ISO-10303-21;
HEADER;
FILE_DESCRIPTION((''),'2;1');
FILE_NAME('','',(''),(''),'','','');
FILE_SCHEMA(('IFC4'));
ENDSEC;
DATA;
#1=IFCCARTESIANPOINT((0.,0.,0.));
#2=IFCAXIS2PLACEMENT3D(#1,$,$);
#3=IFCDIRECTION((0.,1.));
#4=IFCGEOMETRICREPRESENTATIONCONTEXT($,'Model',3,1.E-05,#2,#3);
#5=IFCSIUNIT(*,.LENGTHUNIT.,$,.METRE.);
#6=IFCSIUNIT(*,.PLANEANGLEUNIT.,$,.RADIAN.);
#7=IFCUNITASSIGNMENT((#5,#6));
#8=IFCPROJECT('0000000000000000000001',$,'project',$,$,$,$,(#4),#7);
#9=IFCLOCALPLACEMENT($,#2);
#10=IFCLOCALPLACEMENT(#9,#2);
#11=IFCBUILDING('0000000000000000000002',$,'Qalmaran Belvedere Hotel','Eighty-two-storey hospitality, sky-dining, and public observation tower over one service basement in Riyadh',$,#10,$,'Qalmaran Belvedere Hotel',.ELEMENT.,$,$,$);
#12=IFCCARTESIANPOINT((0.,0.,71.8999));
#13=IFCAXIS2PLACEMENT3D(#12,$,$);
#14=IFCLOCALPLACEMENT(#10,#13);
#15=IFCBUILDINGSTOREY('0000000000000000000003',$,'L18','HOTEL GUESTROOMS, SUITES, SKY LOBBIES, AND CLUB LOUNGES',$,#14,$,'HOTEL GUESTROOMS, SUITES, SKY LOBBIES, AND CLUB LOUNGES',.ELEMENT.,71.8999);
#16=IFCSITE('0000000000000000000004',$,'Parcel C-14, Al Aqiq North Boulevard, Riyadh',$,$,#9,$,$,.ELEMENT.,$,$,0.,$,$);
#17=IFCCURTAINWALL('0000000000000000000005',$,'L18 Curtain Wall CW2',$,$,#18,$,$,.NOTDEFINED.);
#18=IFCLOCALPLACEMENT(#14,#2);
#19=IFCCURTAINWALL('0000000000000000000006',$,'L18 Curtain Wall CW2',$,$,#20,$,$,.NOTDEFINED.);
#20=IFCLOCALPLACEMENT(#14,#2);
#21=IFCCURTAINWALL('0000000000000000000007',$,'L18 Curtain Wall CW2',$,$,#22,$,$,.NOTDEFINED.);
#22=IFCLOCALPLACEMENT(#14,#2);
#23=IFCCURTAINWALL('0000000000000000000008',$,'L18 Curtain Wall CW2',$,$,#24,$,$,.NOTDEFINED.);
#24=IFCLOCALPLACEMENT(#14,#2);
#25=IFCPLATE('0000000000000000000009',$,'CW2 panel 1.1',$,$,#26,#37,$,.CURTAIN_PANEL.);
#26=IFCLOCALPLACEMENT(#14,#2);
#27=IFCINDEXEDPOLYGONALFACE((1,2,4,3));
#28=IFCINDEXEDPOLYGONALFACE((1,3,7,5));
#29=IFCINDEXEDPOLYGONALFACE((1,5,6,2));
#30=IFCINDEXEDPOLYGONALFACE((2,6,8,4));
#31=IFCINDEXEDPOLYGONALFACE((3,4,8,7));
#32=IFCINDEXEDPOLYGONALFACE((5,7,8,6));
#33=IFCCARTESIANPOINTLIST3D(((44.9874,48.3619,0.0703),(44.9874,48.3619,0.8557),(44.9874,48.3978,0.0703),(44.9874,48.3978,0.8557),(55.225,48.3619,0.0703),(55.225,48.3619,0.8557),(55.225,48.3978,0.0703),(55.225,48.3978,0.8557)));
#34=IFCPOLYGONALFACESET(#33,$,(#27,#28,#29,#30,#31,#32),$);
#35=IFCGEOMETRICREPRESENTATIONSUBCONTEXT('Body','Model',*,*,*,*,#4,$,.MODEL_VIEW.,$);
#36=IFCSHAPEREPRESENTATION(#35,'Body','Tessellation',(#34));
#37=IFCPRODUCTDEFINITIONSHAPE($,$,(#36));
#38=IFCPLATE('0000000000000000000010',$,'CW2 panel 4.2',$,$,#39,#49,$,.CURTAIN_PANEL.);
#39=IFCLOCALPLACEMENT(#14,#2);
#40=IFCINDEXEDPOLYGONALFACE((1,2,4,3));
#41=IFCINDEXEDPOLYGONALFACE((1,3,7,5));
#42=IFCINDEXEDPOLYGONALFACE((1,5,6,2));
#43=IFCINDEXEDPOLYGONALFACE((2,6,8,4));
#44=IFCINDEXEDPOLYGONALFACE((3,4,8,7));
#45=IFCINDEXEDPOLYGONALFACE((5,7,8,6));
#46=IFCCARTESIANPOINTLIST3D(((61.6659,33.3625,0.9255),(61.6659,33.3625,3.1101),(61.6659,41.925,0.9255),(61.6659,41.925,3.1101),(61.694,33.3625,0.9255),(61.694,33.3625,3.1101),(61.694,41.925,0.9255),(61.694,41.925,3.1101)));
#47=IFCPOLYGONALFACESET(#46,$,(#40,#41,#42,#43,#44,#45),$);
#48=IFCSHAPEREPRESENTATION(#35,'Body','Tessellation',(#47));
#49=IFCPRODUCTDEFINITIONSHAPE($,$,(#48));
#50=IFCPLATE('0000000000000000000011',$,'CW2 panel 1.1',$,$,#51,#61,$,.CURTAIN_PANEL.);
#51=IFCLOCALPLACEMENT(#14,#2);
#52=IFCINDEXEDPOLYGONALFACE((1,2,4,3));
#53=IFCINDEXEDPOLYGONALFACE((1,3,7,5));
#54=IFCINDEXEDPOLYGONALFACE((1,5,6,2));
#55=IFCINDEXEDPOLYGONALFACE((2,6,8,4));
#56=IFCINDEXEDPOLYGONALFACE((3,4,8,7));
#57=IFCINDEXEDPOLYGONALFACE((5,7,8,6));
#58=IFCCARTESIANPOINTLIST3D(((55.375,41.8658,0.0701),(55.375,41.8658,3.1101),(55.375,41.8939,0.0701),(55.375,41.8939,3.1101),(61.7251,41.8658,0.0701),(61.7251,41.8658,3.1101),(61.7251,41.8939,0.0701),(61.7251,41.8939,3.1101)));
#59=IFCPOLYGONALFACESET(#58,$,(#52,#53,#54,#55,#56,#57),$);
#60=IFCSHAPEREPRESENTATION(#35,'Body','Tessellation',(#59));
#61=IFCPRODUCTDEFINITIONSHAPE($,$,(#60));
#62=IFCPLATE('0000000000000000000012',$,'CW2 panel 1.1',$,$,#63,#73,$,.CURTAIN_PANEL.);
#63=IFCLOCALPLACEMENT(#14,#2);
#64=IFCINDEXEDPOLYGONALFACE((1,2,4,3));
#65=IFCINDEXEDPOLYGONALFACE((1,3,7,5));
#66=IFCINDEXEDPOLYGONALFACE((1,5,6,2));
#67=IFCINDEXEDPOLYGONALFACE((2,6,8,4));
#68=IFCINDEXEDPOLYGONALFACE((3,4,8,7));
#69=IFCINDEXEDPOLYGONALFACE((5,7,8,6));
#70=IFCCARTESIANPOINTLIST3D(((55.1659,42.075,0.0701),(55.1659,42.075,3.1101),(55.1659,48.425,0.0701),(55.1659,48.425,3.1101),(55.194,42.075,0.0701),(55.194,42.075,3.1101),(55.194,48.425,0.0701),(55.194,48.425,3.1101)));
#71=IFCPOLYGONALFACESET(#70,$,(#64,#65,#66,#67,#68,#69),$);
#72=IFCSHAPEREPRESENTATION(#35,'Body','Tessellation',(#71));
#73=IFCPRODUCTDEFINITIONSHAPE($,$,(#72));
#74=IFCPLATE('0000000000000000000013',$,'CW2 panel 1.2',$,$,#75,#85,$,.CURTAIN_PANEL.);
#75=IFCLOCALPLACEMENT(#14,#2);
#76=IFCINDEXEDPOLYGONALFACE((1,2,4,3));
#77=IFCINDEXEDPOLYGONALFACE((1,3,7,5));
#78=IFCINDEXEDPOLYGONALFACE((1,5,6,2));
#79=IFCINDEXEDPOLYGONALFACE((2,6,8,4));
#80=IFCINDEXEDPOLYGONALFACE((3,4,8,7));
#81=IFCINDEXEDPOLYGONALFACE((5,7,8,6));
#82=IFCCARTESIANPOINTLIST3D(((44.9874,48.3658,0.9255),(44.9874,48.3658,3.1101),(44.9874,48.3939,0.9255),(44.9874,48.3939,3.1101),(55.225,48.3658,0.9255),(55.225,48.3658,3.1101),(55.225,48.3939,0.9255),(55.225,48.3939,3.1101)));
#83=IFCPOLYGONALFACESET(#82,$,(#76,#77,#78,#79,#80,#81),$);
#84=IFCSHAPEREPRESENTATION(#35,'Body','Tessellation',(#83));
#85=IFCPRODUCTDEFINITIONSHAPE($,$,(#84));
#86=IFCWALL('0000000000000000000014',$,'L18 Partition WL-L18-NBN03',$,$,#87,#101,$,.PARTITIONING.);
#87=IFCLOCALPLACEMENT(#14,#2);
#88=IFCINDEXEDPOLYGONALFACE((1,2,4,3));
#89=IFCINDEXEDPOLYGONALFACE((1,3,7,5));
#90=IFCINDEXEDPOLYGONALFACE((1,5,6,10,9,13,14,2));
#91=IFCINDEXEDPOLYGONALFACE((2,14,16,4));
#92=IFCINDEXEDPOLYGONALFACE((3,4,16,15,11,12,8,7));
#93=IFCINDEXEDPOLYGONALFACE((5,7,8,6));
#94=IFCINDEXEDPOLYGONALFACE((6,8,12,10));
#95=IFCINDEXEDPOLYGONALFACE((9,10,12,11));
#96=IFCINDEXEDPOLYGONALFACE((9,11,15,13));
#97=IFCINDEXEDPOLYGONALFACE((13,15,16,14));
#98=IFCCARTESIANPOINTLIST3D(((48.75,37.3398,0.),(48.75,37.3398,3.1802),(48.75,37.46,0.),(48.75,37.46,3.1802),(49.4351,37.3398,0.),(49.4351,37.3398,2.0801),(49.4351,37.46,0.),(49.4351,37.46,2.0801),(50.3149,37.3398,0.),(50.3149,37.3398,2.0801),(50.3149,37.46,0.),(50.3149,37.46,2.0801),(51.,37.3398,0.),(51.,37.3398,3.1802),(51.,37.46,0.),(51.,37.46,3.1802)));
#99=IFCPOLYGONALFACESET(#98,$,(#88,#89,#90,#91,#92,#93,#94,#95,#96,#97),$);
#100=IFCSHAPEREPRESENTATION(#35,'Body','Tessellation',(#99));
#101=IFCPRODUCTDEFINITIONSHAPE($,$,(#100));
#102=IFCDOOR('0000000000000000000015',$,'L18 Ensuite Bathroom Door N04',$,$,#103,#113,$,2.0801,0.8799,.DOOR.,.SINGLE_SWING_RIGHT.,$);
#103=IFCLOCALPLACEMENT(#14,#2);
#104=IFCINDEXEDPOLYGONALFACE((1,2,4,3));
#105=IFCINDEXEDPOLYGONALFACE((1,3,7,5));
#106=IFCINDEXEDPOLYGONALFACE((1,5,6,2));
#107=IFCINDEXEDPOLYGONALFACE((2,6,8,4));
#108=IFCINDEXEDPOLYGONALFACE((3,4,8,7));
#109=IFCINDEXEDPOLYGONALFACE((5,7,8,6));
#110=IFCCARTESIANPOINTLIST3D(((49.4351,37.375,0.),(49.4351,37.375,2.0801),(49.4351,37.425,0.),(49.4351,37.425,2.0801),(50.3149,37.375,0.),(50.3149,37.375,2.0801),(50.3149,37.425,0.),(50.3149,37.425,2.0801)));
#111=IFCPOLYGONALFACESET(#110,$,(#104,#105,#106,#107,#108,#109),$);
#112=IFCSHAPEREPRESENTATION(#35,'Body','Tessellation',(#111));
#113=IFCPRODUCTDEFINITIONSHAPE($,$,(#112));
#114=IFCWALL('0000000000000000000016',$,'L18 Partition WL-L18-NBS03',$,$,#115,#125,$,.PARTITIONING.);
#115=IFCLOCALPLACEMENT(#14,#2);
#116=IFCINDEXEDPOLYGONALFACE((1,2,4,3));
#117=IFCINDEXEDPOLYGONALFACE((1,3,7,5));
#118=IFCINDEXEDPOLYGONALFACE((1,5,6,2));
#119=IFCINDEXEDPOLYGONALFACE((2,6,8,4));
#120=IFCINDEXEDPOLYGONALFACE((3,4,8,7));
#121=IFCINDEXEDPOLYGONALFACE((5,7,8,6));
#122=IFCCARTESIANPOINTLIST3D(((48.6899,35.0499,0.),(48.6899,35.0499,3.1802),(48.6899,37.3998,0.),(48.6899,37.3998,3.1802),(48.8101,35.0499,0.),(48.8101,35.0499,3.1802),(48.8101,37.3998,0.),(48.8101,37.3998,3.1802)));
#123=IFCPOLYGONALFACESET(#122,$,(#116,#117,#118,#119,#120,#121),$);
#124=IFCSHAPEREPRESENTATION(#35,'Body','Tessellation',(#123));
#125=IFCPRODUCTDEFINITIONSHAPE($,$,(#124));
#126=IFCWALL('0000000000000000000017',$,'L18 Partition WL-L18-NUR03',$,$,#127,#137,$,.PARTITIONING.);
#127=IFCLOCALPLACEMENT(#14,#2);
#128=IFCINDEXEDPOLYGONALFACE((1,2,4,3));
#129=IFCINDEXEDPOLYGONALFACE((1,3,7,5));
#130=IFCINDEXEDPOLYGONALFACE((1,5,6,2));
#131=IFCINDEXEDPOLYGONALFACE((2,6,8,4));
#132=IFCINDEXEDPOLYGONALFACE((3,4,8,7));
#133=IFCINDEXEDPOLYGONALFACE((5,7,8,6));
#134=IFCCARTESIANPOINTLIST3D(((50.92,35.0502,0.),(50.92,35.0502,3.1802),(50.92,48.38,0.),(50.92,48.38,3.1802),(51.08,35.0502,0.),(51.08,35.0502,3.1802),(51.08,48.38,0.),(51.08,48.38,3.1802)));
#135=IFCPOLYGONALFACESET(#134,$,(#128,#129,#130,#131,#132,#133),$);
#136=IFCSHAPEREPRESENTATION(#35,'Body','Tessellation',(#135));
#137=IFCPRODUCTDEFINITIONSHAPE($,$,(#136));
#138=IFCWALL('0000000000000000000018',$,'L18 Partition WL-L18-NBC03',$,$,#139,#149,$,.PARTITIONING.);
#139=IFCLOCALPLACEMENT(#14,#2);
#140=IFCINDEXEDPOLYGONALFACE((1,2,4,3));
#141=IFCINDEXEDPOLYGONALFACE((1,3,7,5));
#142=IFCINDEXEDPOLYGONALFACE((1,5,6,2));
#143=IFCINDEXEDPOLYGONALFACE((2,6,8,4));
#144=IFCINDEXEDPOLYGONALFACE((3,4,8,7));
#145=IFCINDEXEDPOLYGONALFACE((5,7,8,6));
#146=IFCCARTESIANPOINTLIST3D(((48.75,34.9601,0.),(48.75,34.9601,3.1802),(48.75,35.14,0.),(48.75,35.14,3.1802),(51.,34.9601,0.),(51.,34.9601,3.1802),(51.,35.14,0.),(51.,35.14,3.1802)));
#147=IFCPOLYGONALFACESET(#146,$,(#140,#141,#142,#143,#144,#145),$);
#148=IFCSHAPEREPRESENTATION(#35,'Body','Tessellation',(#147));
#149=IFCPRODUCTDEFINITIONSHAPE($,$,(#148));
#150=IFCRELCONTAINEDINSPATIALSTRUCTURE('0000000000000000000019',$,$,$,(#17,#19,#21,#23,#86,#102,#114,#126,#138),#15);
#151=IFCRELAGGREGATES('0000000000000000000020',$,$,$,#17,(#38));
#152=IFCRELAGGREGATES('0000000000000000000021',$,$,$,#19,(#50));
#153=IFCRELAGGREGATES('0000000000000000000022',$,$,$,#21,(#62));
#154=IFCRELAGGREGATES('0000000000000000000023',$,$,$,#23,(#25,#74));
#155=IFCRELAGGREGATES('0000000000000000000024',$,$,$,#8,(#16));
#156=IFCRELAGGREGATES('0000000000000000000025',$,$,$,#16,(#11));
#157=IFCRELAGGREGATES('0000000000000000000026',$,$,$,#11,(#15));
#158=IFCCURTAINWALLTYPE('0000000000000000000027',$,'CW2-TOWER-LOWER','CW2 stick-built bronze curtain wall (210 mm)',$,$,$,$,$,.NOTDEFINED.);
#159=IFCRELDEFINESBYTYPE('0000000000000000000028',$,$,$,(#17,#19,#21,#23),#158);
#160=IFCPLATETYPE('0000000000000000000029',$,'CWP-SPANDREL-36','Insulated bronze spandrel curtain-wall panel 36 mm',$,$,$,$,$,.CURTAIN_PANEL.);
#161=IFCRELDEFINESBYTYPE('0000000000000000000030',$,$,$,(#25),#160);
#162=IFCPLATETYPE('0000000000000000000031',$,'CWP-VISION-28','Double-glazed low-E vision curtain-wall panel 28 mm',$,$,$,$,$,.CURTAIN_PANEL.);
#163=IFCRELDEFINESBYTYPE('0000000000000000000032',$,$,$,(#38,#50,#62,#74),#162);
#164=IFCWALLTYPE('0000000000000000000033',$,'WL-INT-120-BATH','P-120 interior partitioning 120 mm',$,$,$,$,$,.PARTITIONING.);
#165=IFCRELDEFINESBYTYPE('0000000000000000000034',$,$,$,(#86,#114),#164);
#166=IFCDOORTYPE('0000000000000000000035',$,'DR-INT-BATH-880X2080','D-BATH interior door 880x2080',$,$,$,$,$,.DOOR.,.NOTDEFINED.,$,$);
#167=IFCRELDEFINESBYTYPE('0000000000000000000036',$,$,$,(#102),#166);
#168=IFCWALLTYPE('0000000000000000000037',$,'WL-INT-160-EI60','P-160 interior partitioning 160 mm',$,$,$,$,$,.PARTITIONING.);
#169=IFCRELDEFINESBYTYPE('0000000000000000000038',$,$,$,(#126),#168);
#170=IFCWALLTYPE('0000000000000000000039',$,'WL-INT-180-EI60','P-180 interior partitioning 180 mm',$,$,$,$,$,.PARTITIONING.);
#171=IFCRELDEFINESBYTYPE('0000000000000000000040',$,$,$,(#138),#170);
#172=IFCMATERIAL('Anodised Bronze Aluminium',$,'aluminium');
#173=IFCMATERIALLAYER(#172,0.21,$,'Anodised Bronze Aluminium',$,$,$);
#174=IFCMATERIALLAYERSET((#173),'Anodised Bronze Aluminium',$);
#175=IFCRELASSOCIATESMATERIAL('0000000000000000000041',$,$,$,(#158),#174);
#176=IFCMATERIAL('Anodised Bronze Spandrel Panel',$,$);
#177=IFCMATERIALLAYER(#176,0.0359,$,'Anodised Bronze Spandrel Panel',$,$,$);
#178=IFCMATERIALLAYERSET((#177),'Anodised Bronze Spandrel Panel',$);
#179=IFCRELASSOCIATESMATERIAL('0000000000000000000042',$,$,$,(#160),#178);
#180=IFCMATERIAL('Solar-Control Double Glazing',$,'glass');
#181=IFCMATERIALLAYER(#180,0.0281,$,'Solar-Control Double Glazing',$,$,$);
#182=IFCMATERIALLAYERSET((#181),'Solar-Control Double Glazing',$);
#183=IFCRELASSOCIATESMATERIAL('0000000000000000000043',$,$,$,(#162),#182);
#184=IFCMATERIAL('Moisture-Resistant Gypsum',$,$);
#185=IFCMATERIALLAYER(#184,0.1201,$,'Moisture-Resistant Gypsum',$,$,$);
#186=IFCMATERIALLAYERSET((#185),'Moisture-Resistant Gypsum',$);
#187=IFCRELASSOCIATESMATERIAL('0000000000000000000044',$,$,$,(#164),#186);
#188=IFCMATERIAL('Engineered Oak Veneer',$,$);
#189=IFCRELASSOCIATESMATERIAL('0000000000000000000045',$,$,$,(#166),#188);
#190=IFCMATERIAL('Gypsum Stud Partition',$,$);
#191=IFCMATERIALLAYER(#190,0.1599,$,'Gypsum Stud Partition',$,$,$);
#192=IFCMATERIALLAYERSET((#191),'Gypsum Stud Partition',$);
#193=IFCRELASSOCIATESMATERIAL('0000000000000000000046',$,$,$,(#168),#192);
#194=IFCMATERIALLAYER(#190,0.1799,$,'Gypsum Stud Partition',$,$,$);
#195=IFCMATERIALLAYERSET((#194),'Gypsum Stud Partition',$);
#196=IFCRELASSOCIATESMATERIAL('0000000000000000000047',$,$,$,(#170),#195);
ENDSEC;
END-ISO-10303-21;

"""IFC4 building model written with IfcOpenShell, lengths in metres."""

from ifc_helpers import new_model, si_unit, direction, frame, frame_2d, origin, origin_2d, place, context, subcontext, project, spatial, rectangle, extrude, material, layer, layer_set, type_object, element, fill, aggregate, save


model = new_model("IFC4")

# Units and contexts
model_context = context("Model", 3, precision=1e-05, world=origin(), true_north=direction((0.0, 1.0)))
body_context = subcontext(model_context, "Body", "Model", "MODEL_VIEW")
ifc_project = project(units=[si_unit("LENGTHUNIT", "METRE"), si_unit("PLANEANGLEUNIT", "RADIAN")], contexts=[model_context])

# Site, building, storey
site_placement = place(None, origin())
site = spatial("IfcSite", under=ifc_project, at=site_placement, Name="Parcel C-14, Al Aqiq North Boulevard, Riyadh", CompositionType="ELEMENT", RefElevation=0.0)
building_placement = place(site_placement, origin())
building = spatial("IfcBuilding", under=site, at=building_placement, Name="Qalmaran Belvedere Hotel", Description="Eighty-two-storey hospitality, sky-dining, and public observation tower over one service basement in Riyadh", LongName="Qalmaran Belvedere Hotel", CompositionType="ELEMENT")
storey_placement = place(building_placement, frame((0.0, 0.0, 71.8999)))
storey = spatial("IfcBuildingStorey", under=building, at=storey_placement, Name="L18", Description="HOTEL GUESTROOMS, SUITES, SKY LOBBIES, AND CLUB LOUNGES", LongName="HOTEL GUESTROOMS, SUITES, SKY LOBBIES, AND CLUB LOUNGES", CompositionType="ELEMENT", Elevation=71.8999)

# Curtain wall
ifc_material_1 = material(Name="Anodised Bronze Aluminium", Category="aluminium")
ifc_layer_1 = layer(ifc_material_1, 0.21, Name="Anodised Bronze Aluminium")
ifc_layer_set_1 = layer_set([ifc_layer_1], Name="Anodised Bronze Aluminium")
curtain_wall_type = type_object("IfcCurtainWallType", Name="CW2-TOWER-LOWER", Description="CW2 stick-built bronze curtain wall (210 mm)", PredefinedType="NOTDEFINED", material=ifc_layer_set_1)
curtain_wall_1_placement = place(storey_placement, origin())
curtain_wall_1 = element("IfcCurtainWall", 1, at=curtain_wall_1_placement, inside=storey, type_object=curtain_wall_type, Name="L18 Curtain Wall CW2", PredefinedType="NOTDEFINED")

# Curtain walls
curtain_wall_2_placement = place(storey_placement, origin())
curtain_wall_2 = element("IfcCurtainWall", 2, at=curtain_wall_2_placement, inside=storey, type_object=curtain_wall_type, Name="L18 Curtain Wall CW2", PredefinedType="NOTDEFINED")
curtain_wall_3_placement = place(storey_placement, origin())
curtain_wall_3 = element("IfcCurtainWall", 3, at=curtain_wall_3_placement, inside=storey, type_object=curtain_wall_type, Name="L18 Curtain Wall CW2", PredefinedType="NOTDEFINED")

# Curtain wall
curtain_wall_4_placement = place(storey_placement, origin())
curtain_wall_4 = element("IfcCurtainWall", 4, at=curtain_wall_4_placement, inside=storey, type_object=curtain_wall_type, Name="L18 Curtain Wall CW2", PredefinedType="NOTDEFINED")

# Plates
ifc_material_2 = material(Name="Anodised Bronze Spandrel Panel")
ifc_layer_2 = layer(ifc_material_2, 0.0359, Name="Anodised Bronze Spandrel Panel")
ifc_layer_set_2 = layer_set([ifc_layer_2], Name="Anodised Bronze Spandrel Panel")
plate_type_1 = type_object("IfcPlateType", Name="CWP-SPANDREL-36", Description="Insulated bronze spandrel curtain-wall panel 36 mm", PredefinedType="CURTAIN_PANEL", material=ifc_layer_set_2)
plate_1_placement = place(storey_placement, frame((50.1062, 48.3799, 0.0703), z_axis=(0.0, 0.0, 1.0), x_axis=(-1.0, 0.0, 0.0)))
plate_1 = element("IfcPlate", 5, at=plate_1_placement, type_object=plate_type_1, Name="CW2 panel 1.1", PredefinedType="CURTAIN_PANEL", context=body_context, shape_type="SweptSolid", body=[
    extrude(rectangle(XDim=10.2375, YDim=0.0359, at=origin_2d()), origin(), (0.0, 0.0, 1.0), 0.7854),
])
ifc_material_3 = material(Name="Solar-Control Double Glazing", Category="glass")
ifc_layer_3 = layer(ifc_material_3, 0.0281, Name="Solar-Control Double Glazing")
ifc_layer_set_3 = layer_set([ifc_layer_3], Name="Solar-Control Double Glazing")
plate_type_2 = type_object("IfcPlateType", Name="CWP-VISION-28", Description="Double-glazed low-E vision curtain-wall panel 28 mm", PredefinedType="CURTAIN_PANEL", material=ifc_layer_set_3)
plate_2_placement = place(storey_placement, frame((61.6799, 37.6438, 0.9255), z_axis=(0.0, 0.0, 1.0), x_axis=(0.0, 1.0, 0.0)))
plate_2 = element("IfcPlate", 6, at=plate_2_placement, type_object=plate_type_2, Name="CW2 panel 4.2", PredefinedType="CURTAIN_PANEL", context=body_context, shape_type="SweptSolid", body=[
    extrude(rectangle(XDim=8.5625, YDim=0.0281, at=origin_2d()), origin(), (0.0, 0.0, 1.0), 2.1846),
])
aggregate(curtain_wall_1, [plate_2])
plate_3_placement = place(storey_placement, frame((58.55, 41.8799, 0.0701), z_axis=(0.0, 0.0, 1.0), x_axis=(-1.0, 0.0, 0.0)))
plate_3 = element("IfcPlate", 7, at=plate_3_placement, type_object=plate_type_2, Name="CW2 panel 1.1", PredefinedType="CURTAIN_PANEL", context=body_context, shape_type="SweptSolid", body=[
    extrude(rectangle(XDim=6.3501, YDim=0.0281, at=origin_2d()), origin(), (0.0, 0.0, 1.0), 3.04),
])
aggregate(curtain_wall_2, [plate_3])
plate_4_placement = place(storey_placement, frame((55.1799, 45.25, 0.0701), z_axis=(0.0, 0.0, 1.0), x_axis=(0.0, 1.0, 0.0)))
plate_4 = element("IfcPlate", 8, at=plate_4_placement, type_object=plate_type_2, Name="CW2 panel 1.1", PredefinedType="CURTAIN_PANEL", context=body_context, shape_type="SweptSolid", body=[
    extrude(rectangle(XDim=6.3501, YDim=0.0281, at=origin_2d()), origin(), (0.0, 0.0, 1.0), 3.04),
])
aggregate(curtain_wall_3, [plate_4])
plate_5_placement = place(storey_placement, frame((50.1062, 48.3799, 0.9255), z_axis=(0.0, 0.0, 1.0), x_axis=(-1.0, 0.0, 0.0)))
plate_5 = element("IfcPlate", 9, at=plate_5_placement, type_object=plate_type_2, Name="CW2 panel 1.2", PredefinedType="CURTAIN_PANEL", context=body_context, shape_type="SweptSolid", body=[
    extrude(rectangle(XDim=10.2375, YDim=0.0281, at=origin_2d()), origin(), (0.0, 0.0, 1.0), 2.1846),
])
aggregate(curtain_wall_4, [plate_1, plate_5])

# Wall, opening, door
ifc_material_4 = material(Name="Moisture-Resistant Gypsum")
ifc_layer_4 = layer(ifc_material_4, 0.1201, Name="Moisture-Resistant Gypsum")
ifc_layer_set_4 = layer_set([ifc_layer_4], Name="Moisture-Resistant Gypsum")
wall_type_1 = type_object("IfcWallType", Name="WL-INT-120-BATH", Description="P-120 interior partitioning 120 mm", PredefinedType="PARTITIONING", material=ifc_layer_set_4)
wall_1_placement = place(storey_placement, frame((48.75, 37.3999, 0.0), z_axis=(0.0, 0.0, 1.0), x_axis=(1.0, 0.0, 0.0)))
wall_1 = element("IfcWall", 10, at=wall_1_placement, inside=storey, type_object=wall_type_1, Name="L18 Partition WL-L18-NBN03", PredefinedType="PARTITIONING", context=body_context, shape_type="SweptSolid", body=[
    extrude(rectangle(XDim=2.25, YDim=0.1201, at=frame_2d((1.125, 0.0))), origin(), (0.0, 0.0, 1.0), 3.1802),
])
opening_placement = place(wall_1_placement, frame((1.5649, 0.0, 0.0), z_axis=(0.0, 0.0, 1.0), x_axis=(-1.0, 0.0, 0.0)))
opening = element("IfcOpeningElement", 11, at=opening_placement, cuts=wall_1, PredefinedType="OPENING", context=body_context, shape_type="SweptSolid", body=[
    extrude(rectangle(XDim=0.8799, YDim=2.0801, at=frame_2d((0.4399, 1.04))), frame((0.0, 0.0701, 0.0), z_axis=(0.0, -1.0, 0.0), x_axis=(1.0, 0.0, 0.0)), (0.0, 0.0, 1.0), 0.1401),
])
ifc_material_5 = material(Name="Engineered Oak Veneer")
door_type = type_object("IfcDoorType", Name="DR-INT-BATH-880X2080", Description="D-BATH interior door 880x2080", OperationType="NOTDEFINED", PredefinedType="DOOR", material=ifc_material_5)
door_placement = place(opening_placement, origin())
door = element("IfcDoor", 12, at=door_placement, inside=storey, type_object=door_type, Name="L18 Ensuite Bathroom Door N04", OperationType="SINGLE_SWING_RIGHT", OverallHeight=2.0801, OverallWidth=0.8799, PredefinedType="DOOR", context=body_context, shape_type="SweptSolid", body=[
    extrude(rectangle(XDim=0.8799, YDim=2.0801, at=frame_2d((0.4399, 1.04))), frame((0.0, 0.0249, 0.0), z_axis=(0.0, -1.0, 0.0), x_axis=(1.0, 0.0, 0.0)), (0.0, 0.0, 1.0), 0.05),
])
fill(opening, door)

# Walls
wall_2_placement = place(storey_placement, frame((48.75, 35.05, 0.0), z_axis=(0.0, 0.0, 1.0), x_axis=(0.0, 1.0, 0.0)))
element("IfcWall", 13, at=wall_2_placement, inside=storey, type_object=wall_type_1, Name="L18 Partition WL-L18-NBS03", PredefinedType="PARTITIONING", context=body_context, shape_type="SweptSolid", body=[
    extrude(rectangle(XDim=2.3499, YDim=0.1201, at=frame_2d((1.1748, 0.0))), origin(), (0.0, 0.0, 1.0), 3.1802),
])
ifc_material_6 = material(Name="Gypsum Stud Partition")
ifc_layer_5 = layer(ifc_material_6, 0.1599, Name="Gypsum Stud Partition")
ifc_layer_set_5 = layer_set([ifc_layer_5], Name="Gypsum Stud Partition")
wall_type_2 = type_object("IfcWallType", Name="WL-INT-160-EI60", Description="P-160 interior partitioning 160 mm", PredefinedType="PARTITIONING", material=ifc_layer_set_5)
wall_3_placement = place(storey_placement, frame((51.0, 35.05, 0.0), z_axis=(0.0, 0.0, 1.0), x_axis=(0.0, 1.0, 0.0)))
element("IfcWall", 14, at=wall_3_placement, inside=storey, type_object=wall_type_2, Name="L18 Partition WL-L18-NUR03", PredefinedType="PARTITIONING", context=body_context, shape_type="SweptSolid", body=[
    extrude(rectangle(XDim=13.3298, YDim=0.1599, at=frame_2d((6.665, 0.0))), origin(), (0.0, 0.0, 1.0), 3.1802),
])
ifc_layer_6 = layer(ifc_material_6, 0.1799, Name="Gypsum Stud Partition")
ifc_layer_set_6 = layer_set([ifc_layer_6], Name="Gypsum Stud Partition")
wall_type_3 = type_object("IfcWallType", Name="WL-INT-180-EI60", Description="P-180 interior partitioning 180 mm", PredefinedType="PARTITIONING", material=ifc_layer_set_6)
wall_4_placement = place(storey_placement, frame((48.75, 35.05, 0.0), z_axis=(0.0, 0.0, 1.0), x_axis=(1.0, 0.0, 0.0)))
element("IfcWall", 15, at=wall_4_placement, inside=storey, type_object=wall_type_3, Name="L18 Partition WL-L18-NBC03", PredefinedType="PARTITIONING", context=body_context, shape_type="SweptSolid", body=[
    extrude(rectangle(XDim=2.25, YDim=0.1799, at=frame_2d((1.125, 0.0))), origin(), (0.0, 0.0, 1.0), 3.1802),
])

save(model, "model.ifc")
